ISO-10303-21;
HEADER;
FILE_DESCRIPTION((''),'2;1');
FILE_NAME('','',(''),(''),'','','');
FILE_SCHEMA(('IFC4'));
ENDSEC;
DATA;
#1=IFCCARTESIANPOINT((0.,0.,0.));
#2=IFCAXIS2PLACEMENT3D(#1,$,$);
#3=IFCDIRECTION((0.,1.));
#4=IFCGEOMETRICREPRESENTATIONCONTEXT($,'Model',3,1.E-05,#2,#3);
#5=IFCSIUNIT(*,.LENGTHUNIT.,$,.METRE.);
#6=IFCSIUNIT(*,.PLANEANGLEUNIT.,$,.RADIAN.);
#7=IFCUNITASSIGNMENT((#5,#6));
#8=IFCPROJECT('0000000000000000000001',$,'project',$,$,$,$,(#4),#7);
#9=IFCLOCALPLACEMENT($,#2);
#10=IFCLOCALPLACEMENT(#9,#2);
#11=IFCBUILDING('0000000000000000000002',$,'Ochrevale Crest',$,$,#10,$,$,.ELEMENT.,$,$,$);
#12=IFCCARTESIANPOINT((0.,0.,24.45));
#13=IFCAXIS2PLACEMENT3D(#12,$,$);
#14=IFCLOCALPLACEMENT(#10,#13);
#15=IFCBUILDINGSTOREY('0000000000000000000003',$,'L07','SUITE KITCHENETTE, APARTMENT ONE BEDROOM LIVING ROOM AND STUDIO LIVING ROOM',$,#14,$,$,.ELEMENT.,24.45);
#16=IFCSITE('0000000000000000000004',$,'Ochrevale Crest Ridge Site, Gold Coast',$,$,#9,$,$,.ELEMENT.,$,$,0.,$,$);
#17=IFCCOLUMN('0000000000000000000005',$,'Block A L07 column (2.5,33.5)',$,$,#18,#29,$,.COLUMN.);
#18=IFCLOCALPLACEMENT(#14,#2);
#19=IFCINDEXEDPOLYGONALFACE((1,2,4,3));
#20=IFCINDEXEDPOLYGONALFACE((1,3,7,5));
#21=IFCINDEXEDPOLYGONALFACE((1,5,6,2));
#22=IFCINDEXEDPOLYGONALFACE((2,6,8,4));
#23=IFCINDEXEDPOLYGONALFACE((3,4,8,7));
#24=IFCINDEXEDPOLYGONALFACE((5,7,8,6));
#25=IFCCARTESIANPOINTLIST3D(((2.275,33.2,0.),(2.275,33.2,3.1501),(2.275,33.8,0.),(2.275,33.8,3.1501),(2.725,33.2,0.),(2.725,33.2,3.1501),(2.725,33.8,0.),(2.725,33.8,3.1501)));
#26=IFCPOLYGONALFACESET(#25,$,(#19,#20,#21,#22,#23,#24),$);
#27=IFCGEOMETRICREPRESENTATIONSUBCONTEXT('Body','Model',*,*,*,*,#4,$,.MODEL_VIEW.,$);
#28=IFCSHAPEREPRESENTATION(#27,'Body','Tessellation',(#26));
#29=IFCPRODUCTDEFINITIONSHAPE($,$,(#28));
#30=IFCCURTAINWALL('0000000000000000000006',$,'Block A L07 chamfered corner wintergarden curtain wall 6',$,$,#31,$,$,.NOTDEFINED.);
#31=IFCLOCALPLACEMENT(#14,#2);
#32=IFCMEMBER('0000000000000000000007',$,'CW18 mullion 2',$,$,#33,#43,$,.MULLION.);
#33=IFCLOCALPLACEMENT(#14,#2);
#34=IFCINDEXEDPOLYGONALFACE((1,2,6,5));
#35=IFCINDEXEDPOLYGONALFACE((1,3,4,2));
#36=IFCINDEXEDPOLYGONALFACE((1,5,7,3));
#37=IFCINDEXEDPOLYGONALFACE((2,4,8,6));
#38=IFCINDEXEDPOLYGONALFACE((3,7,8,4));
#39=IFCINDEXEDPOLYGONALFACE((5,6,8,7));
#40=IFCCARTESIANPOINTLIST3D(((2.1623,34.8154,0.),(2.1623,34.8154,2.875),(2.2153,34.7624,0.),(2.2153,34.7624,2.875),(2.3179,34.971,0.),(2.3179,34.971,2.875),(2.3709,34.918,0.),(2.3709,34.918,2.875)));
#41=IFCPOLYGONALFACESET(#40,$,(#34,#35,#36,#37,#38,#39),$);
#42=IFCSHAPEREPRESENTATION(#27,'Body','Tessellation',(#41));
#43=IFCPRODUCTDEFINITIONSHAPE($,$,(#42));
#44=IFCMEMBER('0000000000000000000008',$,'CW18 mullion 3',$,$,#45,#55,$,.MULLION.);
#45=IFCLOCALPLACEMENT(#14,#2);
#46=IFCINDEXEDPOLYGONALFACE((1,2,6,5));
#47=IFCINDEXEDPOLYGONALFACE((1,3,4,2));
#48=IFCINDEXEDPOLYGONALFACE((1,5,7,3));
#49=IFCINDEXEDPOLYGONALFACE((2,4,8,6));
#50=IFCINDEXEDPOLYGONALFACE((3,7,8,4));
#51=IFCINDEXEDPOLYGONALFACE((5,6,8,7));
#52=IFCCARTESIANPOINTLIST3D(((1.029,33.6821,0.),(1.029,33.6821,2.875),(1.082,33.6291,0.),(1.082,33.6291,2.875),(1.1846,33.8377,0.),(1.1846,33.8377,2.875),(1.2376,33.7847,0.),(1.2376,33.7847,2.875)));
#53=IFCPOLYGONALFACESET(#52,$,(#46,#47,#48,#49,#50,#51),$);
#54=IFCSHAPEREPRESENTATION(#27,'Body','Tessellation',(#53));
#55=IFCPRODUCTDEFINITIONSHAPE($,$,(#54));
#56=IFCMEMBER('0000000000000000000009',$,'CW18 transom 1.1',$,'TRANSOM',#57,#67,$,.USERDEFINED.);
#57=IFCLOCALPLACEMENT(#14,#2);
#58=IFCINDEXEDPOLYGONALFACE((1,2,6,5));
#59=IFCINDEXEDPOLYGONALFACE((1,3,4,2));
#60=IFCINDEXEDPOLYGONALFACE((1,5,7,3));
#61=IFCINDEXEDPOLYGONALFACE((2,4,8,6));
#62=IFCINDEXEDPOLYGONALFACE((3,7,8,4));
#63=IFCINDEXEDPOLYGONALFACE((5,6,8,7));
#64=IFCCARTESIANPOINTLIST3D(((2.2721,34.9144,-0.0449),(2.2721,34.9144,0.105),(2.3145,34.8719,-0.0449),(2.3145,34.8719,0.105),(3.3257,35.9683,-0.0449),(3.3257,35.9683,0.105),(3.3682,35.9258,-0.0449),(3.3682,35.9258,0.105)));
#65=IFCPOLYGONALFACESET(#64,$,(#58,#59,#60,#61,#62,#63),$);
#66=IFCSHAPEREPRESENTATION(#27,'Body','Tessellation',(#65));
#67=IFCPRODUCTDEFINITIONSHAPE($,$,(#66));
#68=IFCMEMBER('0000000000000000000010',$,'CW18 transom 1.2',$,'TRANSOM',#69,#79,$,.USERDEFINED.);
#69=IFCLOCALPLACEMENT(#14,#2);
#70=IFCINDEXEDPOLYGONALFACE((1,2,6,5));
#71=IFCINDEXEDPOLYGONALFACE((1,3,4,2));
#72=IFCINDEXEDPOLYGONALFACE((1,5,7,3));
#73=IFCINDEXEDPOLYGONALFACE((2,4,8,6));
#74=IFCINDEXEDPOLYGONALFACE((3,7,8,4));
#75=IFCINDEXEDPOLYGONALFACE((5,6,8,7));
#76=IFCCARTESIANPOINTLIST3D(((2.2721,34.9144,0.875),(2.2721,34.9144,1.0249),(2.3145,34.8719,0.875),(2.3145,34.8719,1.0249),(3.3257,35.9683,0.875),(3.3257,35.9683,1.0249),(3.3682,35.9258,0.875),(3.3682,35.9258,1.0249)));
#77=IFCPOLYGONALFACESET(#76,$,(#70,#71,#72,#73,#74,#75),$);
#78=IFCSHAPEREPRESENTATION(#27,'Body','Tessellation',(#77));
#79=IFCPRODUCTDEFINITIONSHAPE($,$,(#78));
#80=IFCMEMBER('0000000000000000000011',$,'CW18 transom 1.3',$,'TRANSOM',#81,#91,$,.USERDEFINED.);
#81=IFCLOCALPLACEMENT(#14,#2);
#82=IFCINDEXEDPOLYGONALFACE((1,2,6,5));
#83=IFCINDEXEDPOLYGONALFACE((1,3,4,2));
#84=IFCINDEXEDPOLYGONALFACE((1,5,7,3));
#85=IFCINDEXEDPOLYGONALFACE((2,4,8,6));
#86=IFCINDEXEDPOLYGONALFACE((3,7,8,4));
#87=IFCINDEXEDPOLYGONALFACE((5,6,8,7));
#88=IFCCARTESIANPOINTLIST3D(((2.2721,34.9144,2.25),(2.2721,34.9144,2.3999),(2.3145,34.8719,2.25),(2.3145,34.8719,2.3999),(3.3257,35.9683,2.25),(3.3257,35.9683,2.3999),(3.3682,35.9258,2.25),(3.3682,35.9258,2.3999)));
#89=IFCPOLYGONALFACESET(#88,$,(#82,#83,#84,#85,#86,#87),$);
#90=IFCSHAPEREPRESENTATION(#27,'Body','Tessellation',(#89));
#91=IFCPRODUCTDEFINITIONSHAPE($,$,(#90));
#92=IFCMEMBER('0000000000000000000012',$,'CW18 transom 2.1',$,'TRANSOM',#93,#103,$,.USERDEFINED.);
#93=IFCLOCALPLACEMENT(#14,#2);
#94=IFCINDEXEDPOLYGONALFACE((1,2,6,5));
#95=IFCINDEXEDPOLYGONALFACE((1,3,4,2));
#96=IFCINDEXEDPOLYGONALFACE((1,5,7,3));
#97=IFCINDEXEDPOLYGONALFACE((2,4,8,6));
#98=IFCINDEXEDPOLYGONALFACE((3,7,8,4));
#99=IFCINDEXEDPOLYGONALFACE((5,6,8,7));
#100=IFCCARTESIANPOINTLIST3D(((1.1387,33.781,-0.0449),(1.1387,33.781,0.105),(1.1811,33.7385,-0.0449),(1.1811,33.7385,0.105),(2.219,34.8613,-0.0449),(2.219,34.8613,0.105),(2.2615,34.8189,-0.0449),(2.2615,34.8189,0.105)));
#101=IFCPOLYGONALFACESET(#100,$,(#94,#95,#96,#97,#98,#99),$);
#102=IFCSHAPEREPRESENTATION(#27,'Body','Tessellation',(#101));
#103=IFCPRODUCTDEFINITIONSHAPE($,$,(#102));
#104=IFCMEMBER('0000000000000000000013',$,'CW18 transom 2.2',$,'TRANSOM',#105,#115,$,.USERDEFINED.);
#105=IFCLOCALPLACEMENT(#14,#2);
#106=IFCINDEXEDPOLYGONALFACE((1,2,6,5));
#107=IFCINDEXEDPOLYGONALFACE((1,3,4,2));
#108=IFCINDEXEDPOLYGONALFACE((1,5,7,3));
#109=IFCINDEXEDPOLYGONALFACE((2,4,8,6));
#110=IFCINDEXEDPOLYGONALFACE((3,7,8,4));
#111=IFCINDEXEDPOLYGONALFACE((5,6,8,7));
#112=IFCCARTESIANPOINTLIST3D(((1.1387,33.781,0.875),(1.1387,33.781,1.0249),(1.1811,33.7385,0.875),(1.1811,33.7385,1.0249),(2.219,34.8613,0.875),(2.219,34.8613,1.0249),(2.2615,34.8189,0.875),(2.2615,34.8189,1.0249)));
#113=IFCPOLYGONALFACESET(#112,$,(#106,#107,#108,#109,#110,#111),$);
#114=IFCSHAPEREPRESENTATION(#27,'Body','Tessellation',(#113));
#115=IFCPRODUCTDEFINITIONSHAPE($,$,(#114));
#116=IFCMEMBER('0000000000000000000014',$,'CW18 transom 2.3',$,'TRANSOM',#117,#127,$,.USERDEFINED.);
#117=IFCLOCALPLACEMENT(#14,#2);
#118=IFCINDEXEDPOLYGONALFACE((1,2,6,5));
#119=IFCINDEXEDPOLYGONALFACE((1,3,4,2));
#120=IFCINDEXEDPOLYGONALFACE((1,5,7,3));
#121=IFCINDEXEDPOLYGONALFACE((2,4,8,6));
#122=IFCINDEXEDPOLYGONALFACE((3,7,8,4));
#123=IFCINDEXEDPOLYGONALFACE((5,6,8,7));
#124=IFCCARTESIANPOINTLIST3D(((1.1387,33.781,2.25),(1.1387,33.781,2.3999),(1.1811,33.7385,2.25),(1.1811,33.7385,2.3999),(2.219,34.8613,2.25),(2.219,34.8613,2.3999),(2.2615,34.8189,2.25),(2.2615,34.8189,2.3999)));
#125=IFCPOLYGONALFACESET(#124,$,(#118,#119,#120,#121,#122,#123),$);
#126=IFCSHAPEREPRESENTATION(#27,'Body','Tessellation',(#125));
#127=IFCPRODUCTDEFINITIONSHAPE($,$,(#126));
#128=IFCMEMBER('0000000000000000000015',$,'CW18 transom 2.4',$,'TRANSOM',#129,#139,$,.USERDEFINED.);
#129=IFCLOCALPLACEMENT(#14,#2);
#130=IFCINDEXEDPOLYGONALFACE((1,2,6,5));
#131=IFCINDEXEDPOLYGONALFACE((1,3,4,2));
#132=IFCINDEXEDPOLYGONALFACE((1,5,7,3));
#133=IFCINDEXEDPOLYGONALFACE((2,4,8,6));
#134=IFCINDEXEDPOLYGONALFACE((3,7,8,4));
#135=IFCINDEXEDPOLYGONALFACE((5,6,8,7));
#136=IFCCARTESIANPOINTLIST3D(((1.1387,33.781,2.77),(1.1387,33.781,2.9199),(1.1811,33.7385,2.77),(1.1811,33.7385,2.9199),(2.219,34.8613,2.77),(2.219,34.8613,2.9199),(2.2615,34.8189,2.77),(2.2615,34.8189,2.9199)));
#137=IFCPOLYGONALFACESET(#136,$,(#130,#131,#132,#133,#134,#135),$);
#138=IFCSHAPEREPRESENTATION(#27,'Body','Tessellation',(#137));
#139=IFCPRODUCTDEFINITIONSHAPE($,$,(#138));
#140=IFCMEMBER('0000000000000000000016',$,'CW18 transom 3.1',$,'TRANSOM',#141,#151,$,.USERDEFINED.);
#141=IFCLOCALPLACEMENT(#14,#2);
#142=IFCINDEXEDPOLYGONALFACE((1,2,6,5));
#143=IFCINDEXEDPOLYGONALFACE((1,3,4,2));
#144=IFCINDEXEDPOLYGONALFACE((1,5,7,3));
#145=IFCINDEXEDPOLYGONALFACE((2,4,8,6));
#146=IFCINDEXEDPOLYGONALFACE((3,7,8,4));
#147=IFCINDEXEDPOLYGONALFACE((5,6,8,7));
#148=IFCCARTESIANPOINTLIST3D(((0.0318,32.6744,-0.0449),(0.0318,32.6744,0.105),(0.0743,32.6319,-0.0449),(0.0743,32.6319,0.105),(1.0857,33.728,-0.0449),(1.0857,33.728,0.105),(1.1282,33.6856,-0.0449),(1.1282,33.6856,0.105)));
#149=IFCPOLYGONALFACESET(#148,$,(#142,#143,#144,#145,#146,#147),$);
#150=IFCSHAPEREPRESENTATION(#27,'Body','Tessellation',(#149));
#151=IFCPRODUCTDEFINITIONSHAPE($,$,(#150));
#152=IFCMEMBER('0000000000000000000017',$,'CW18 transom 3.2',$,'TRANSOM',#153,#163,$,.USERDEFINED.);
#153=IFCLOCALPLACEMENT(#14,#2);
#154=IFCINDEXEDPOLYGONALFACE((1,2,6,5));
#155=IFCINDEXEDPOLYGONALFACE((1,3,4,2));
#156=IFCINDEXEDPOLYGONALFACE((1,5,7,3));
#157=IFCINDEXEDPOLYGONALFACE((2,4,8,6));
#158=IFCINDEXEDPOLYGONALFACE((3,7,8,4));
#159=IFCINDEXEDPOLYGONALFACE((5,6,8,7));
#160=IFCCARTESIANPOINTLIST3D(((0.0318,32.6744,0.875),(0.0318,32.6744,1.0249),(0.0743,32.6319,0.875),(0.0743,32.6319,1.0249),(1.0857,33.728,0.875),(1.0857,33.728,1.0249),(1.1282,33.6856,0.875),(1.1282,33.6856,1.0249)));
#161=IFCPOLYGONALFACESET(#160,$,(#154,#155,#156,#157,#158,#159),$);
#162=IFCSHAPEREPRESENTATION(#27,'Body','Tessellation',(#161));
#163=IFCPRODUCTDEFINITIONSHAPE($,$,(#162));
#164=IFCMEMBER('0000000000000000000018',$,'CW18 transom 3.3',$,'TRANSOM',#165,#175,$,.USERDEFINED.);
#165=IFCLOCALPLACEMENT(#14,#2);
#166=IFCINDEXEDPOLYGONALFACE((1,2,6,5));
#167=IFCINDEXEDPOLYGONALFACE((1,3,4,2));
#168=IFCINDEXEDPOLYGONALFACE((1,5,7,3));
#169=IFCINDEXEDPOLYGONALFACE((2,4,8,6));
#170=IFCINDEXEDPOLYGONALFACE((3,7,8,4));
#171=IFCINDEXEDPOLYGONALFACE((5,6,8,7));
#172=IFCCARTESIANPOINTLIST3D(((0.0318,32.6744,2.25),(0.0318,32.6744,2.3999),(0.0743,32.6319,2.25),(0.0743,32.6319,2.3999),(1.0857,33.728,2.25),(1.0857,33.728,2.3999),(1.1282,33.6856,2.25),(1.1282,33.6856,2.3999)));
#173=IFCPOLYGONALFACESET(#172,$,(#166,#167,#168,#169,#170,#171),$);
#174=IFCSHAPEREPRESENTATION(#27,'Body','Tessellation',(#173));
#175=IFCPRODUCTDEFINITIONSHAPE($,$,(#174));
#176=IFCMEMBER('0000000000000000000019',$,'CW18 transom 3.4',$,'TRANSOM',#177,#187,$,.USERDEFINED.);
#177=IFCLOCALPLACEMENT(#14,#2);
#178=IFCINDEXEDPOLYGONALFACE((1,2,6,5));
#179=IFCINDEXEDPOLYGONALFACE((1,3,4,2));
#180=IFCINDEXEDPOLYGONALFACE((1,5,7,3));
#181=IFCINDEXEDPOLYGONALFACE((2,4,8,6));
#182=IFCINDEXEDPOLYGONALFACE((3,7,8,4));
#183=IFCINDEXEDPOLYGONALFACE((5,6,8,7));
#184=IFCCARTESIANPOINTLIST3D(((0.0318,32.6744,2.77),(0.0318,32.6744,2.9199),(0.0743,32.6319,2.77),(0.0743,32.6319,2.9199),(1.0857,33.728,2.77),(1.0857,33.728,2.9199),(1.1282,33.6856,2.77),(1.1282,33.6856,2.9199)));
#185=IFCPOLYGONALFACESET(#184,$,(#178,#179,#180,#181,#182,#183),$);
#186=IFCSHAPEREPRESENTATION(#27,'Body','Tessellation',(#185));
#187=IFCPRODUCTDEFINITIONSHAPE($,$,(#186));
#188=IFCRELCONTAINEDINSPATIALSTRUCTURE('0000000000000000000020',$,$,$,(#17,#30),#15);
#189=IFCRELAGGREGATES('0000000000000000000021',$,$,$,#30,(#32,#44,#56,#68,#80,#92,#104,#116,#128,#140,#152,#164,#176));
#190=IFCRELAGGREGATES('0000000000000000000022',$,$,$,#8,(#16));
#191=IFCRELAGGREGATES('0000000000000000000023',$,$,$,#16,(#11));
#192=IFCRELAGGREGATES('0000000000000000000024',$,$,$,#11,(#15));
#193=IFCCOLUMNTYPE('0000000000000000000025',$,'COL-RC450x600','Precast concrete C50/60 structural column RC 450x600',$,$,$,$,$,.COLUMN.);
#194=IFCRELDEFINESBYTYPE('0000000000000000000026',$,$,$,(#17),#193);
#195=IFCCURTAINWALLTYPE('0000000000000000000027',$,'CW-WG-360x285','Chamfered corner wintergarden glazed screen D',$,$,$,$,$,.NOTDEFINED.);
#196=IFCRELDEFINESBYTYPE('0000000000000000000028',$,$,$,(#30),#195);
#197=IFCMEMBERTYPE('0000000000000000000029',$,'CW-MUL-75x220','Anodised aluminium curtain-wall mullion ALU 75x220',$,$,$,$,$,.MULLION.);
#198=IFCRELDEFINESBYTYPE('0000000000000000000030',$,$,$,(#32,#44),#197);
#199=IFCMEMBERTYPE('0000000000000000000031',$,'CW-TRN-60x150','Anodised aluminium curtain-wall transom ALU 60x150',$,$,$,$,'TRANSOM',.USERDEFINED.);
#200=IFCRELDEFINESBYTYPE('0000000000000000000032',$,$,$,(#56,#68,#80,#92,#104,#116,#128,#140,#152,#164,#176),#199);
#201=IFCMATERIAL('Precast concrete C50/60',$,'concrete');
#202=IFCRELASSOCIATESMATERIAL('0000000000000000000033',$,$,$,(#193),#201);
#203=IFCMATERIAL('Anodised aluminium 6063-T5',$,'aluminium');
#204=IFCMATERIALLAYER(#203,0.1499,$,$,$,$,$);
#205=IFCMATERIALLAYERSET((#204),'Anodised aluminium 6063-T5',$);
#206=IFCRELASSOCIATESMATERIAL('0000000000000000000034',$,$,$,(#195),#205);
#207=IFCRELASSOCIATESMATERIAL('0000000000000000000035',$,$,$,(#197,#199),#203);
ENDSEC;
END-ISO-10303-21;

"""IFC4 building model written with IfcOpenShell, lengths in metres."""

from ifc_helpers import new_model, si_unit, direction, frame, origin, origin_2d, place, context, subcontext, project, spatial, rectangle, extrude, material, layer, layer_set, material_profile, profile_set, type_object, element, aggregate, save


model = new_model("IFC4")

# Units and contexts
model_context = context("Model", 3, precision=1e-05, world=origin(), true_north=direction((0.0, 1.0)))
body_context = subcontext(model_context, "Body", "Model", "MODEL_VIEW")
ifc_project = project(units=[si_unit("LENGTHUNIT", "METRE"), si_unit("PLANEANGLEUNIT", "RADIAN")], contexts=[model_context])

# Site, building, storey
site_placement = place(None, origin())
site = spatial("IfcSite", under=ifc_project, at=site_placement, Name="Ochrevale Crest Ridge Site, Gold Coast", CompositionType="ELEMENT", RefElevation=0.0)
building_placement = place(site_placement, origin())
building = spatial("IfcBuilding", under=site, at=building_placement, Name="Ochrevale Crest", CompositionType="ELEMENT")
storey_placement = place(building_placement, frame((0.0, 0.0, 24.45)))
storey = spatial("IfcBuildingStorey", under=building, at=storey_placement, Name="L07", Description="SUITE KITCHENETTE, APARTMENT ONE BEDROOM LIVING ROOM AND STUDIO LIVING ROOM", CompositionType="ELEMENT", Elevation=24.45)

# Column
ifc_material_1 = material(Name="Precast concrete C50/60", Category="concrete")
ifc_material_profile_1 = material_profile(ifc_material_1, rectangle(XDim=0.45, YDim=0.6001, at=origin_2d()), Name="RC 450x600")
ifc_profile_set_1 = profile_set([ifc_material_profile_1], Name="Precast concrete C50/60")
column_type = type_object("IfcColumnType", Name="COL-RC450x600", Description="Precast concrete C50/60 structural column RC 450x600", PredefinedType="COLUMN", material=ifc_profile_set_1)
column_placement = place(storey_placement, frame((2.5, 33.5, 0.0), z_axis=(0.0, 0.0, 1.0), x_axis=(1.0, 0.0, 0.0)))
element("IfcColumn", 1, at=column_placement, inside=storey, type_object=column_type, Name="Block A L07 column (2.5,33.5)", PredefinedType="COLUMN", context=body_context, shape_type="SweptSolid", body=[
    extrude(rectangle(XDim=0.45, YDim=0.6001, at=origin_2d()), origin(), (0.0, 0.0, 1.0), 3.1501),
])

# Curtain wall, members
ifc_material_2 = material(Name="Anodised aluminium 6063-T5", Category="aluminium")
ifc_layer_1 = layer(ifc_material_2, 0.1499)
ifc_layer_set_1 = layer_set([ifc_layer_1], Name="Anodised aluminium 6063-T5")
curtain_wall_type = type_object("IfcCurtainWallType", Name="CW-WG-360x285", Description="Chamfered corner wintergarden glazed screen D", PredefinedType="NOTDEFINED", material=ifc_layer_set_1)
curtain_wall_placement = place(storey_placement, origin())
curtain_wall = element("IfcCurtainWall", 2, at=curtain_wall_placement, inside=storey, type_object=curtain_wall_type, Name="Block A L07 chamfered corner wintergarden curtain wall 6", PredefinedType="NOTDEFINED")
ifc_material_profile_2 = material_profile(ifc_material_2, rectangle(XDim=0.075, YDim=0.22, at=origin_2d()), Name="ALU 75x220")
ifc_profile_set_2 = profile_set([ifc_material_profile_2], Name="Anodised aluminium 6063-T5")
member_type_1 = type_object("IfcMemberType", Name="CW-MUL-75x220", Description="Anodised aluminium curtain-wall mullion ALU 75x220", PredefinedType="MULLION", material=ifc_profile_set_2)
member_1_placement = place(storey_placement, frame((2.2666, 34.8667, 0.0), z_axis=(0.0, 0.0, 1.0), x_axis=(0.707107, -0.707107, 0.0)))
member_1 = element("IfcMember", 3, at=member_1_placement, type_object=member_type_1, Name="CW18 mullion 2", PredefinedType="MULLION", context=body_context, shape_type="SweptSolid", body=[
    extrude(rectangle(XDim=0.075, YDim=0.22, at=origin_2d()), origin(), (0.0, 0.0, 1.0), 2.875),
])
member_2_placement = place(storey_placement, frame((1.1333, 33.7334, 0.0), z_axis=(0.0, 0.0, 1.0), x_axis=(0.707107, -0.707107, 0.0)))
member_2 = element("IfcMember", 4, at=member_2_placement, type_object=member_type_1, Name="CW18 mullion 3", PredefinedType="MULLION", context=body_context, shape_type="SweptSolid", body=[
    extrude(rectangle(XDim=0.075, YDim=0.22, at=origin_2d()), origin(), (0.0, 0.0, 1.0), 2.875),
])
ifc_material_profile_3 = material_profile(ifc_material_2, rectangle(XDim=0.0601, YDim=0.1499, at=origin_2d()), Name="ALU 60x150")
ifc_profile_set_3 = profile_set([ifc_material_profile_3], Name="Anodised aluminium 6063-T5")
member_type_2 = type_object("IfcMemberType", Name="CW-TRN-60x150", Description="Anodised aluminium curtain-wall transom ALU 60x150", ElementType="TRANSOM", PredefinedType="USERDEFINED", material=ifc_profile_set_3)
member_3_placement = place(storey_placement, frame((3.3469, 35.947, 0.03), z_axis=(-0.707025, -0.707189, 0.0), x_axis=(0.707189, -0.707025, 0.0)))
member_3 = element("IfcMember", 5, at=member_3_placement, type_object=member_type_2, Name="CW18 transom 1.1", ObjectType="TRANSOM", PredefinedType="USERDEFINED", context=body_context, shape_type="SweptSolid", body=[
    extrude(rectangle(XDim=0.0601, YDim=0.1499, at=origin_2d()), origin(), (0.0, 0.0, 1.0), 1.4902),
])
member_4_placement = place(storey_placement, frame((3.3469, 35.947, 0.95), z_axis=(-0.707025, -0.707189, 0.0), x_axis=(0.707189, -0.707025, 0.0)))
member_4 = element("IfcMember", 6, at=member_4_placement, type_object=member_type_2, Name="CW18 transom 1.2", ObjectType="TRANSOM", PredefinedType="USERDEFINED", context=body_context, shape_type="SweptSolid", body=[
    extrude(rectangle(XDim=0.0601, YDim=0.1499, at=origin_2d()), origin(), (0.0, 0.0, 1.0), 1.4902),
])
member_5_placement = place(storey_placement, frame((3.3469, 35.947, 2.325), z_axis=(-0.707025, -0.707189, 0.0), x_axis=(0.707189, -0.707025, 0.0)))
member_5 = element("IfcMember", 7, at=member_5_placement, type_object=member_type_2, Name="CW18 transom 1.3", ObjectType="TRANSOM", PredefinedType="USERDEFINED", context=body_context, shape_type="SweptSolid", body=[
    extrude(rectangle(XDim=0.0601, YDim=0.1499, at=origin_2d()), origin(), (0.0, 0.0, 1.0), 1.4902),
])
member_6_placement = place(storey_placement, frame((2.2402, 34.8401, 0.03), z_axis=(-0.707107, -0.707107, 0.0), x_axis=(0.707107, -0.707107, 0.0)))
member_6 = element("IfcMember", 8, at=member_6_placement, type_object=member_type_2, Name="CW18 transom 2.1", ObjectType="TRANSOM", PredefinedType="USERDEFINED", context=body_context, shape_type="SweptSolid", body=[
    extrude(rectangle(XDim=0.0601, YDim=0.1499, at=origin_2d()), origin(), (0.0, 0.0, 1.0), 1.5278),
])
member_7_placement = place(storey_placement, frame((2.2402, 34.8401, 0.95), z_axis=(-0.707107, -0.707107, 0.0), x_axis=(0.707107, -0.707107, 0.0)))
member_7 = element("IfcMember", 9, at=member_7_placement, type_object=member_type_2, Name="CW18 transom 2.2", ObjectType="TRANSOM", PredefinedType="USERDEFINED", context=body_context, shape_type="SweptSolid", body=[
    extrude(rectangle(XDim=0.0601, YDim=0.1499, at=origin_2d()), origin(), (0.0, 0.0, 1.0), 1.5278),
])
member_8_placement = place(storey_placement, frame((2.2402, 34.8401, 2.325), z_axis=(-0.707107, -0.707107, 0.0), x_axis=(0.707107, -0.707107, 0.0)))
member_8 = element("IfcMember", 10, at=member_8_placement, type_object=member_type_2, Name="CW18 transom 2.3", ObjectType="TRANSOM", PredefinedType="USERDEFINED", context=body_context, shape_type="SweptSolid", body=[
    extrude(rectangle(XDim=0.0601, YDim=0.1499, at=origin_2d()), origin(), (0.0, 0.0, 1.0), 1.5278),
])
member_9_placement = place(storey_placement, frame((2.2402, 34.8401, 2.845), z_axis=(-0.707107, -0.707107, 0.0), x_axis=(0.707107, -0.707107, 0.0)))
member_9 = element("IfcMember", 11, at=member_9_placement, type_object=member_type_2, Name="CW18 transom 2.4", ObjectType="TRANSOM", PredefinedType="USERDEFINED", context=body_context, shape_type="SweptSolid", body=[
    extrude(rectangle(XDim=0.0601, YDim=0.1499, at=origin_2d()), origin(), (0.0, 0.0, 1.0), 1.5278),
])
member_10_placement = place(storey_placement, frame((1.1069, 33.7068, 0.03), z_axis=(-0.707189, -0.707025, 0.0), x_axis=(0.707025, -0.707189, 0.0)))
member_10 = element("IfcMember", 12, at=member_10_placement, type_object=member_type_2, Name="CW18 transom 3.1", ObjectType="TRANSOM", PredefinedType="USERDEFINED", context=body_context, shape_type="SweptSolid", body=[
    extrude(rectangle(XDim=0.0601, YDim=0.1499, at=origin_2d()), origin(), (0.0, 0.0, 1.0), 1.4902),
])
member_11_placement = place(storey_placement, frame((1.1069, 33.7068, 0.95), z_axis=(-0.707189, -0.707025, 0.0), x_axis=(0.707025, -0.707189, 0.0)))
member_11 = element("IfcMember", 13, at=member_11_placement, type_object=member_type_2, Name="CW18 transom 3.2", ObjectType="TRANSOM", PredefinedType="USERDEFINED", context=body_context, shape_type="SweptSolid", body=[
    extrude(rectangle(XDim=0.0601, YDim=0.1499, at=origin_2d()), origin(), (0.0, 0.0, 1.0), 1.4902),
])
member_12_placement = place(storey_placement, frame((1.1069, 33.7068, 2.325), z_axis=(-0.707189, -0.707025, 0.0), x_axis=(0.707025, -0.707189, 0.0)))
member_12 = element("IfcMember", 14, at=member_12_placement, type_object=member_type_2, Name="CW18 transom 3.3", ObjectType="TRANSOM", PredefinedType="USERDEFINED", context=body_context, shape_type="SweptSolid", body=[
    extrude(rectangle(XDim=0.0601, YDim=0.1499, at=origin_2d()), origin(), (0.0, 0.0, 1.0), 1.4902),
])
member_13_placement = place(storey_placement, frame((1.1069, 33.7068, 2.845), z_axis=(-0.707189, -0.707025, 0.0), x_axis=(0.707025, -0.707189, 0.0)))
member_13 = element("IfcMember", 15, at=member_13_placement, type_object=member_type_2, Name="CW18 transom 3.4", ObjectType="TRANSOM", PredefinedType="USERDEFINED", context=body_context, shape_type="SweptSolid", body=[
    extrude(rectangle(XDim=0.0601, YDim=0.1499, at=origin_2d()), origin(), (0.0, 0.0, 1.0), 1.4902),
])
aggregate(curtain_wall, [member_1, member_2, member_3, member_4, member_5, member_6, member_7, member_8, member_9, member_10, member_11, member_12, member_13])

save(model, "model.ifc")
